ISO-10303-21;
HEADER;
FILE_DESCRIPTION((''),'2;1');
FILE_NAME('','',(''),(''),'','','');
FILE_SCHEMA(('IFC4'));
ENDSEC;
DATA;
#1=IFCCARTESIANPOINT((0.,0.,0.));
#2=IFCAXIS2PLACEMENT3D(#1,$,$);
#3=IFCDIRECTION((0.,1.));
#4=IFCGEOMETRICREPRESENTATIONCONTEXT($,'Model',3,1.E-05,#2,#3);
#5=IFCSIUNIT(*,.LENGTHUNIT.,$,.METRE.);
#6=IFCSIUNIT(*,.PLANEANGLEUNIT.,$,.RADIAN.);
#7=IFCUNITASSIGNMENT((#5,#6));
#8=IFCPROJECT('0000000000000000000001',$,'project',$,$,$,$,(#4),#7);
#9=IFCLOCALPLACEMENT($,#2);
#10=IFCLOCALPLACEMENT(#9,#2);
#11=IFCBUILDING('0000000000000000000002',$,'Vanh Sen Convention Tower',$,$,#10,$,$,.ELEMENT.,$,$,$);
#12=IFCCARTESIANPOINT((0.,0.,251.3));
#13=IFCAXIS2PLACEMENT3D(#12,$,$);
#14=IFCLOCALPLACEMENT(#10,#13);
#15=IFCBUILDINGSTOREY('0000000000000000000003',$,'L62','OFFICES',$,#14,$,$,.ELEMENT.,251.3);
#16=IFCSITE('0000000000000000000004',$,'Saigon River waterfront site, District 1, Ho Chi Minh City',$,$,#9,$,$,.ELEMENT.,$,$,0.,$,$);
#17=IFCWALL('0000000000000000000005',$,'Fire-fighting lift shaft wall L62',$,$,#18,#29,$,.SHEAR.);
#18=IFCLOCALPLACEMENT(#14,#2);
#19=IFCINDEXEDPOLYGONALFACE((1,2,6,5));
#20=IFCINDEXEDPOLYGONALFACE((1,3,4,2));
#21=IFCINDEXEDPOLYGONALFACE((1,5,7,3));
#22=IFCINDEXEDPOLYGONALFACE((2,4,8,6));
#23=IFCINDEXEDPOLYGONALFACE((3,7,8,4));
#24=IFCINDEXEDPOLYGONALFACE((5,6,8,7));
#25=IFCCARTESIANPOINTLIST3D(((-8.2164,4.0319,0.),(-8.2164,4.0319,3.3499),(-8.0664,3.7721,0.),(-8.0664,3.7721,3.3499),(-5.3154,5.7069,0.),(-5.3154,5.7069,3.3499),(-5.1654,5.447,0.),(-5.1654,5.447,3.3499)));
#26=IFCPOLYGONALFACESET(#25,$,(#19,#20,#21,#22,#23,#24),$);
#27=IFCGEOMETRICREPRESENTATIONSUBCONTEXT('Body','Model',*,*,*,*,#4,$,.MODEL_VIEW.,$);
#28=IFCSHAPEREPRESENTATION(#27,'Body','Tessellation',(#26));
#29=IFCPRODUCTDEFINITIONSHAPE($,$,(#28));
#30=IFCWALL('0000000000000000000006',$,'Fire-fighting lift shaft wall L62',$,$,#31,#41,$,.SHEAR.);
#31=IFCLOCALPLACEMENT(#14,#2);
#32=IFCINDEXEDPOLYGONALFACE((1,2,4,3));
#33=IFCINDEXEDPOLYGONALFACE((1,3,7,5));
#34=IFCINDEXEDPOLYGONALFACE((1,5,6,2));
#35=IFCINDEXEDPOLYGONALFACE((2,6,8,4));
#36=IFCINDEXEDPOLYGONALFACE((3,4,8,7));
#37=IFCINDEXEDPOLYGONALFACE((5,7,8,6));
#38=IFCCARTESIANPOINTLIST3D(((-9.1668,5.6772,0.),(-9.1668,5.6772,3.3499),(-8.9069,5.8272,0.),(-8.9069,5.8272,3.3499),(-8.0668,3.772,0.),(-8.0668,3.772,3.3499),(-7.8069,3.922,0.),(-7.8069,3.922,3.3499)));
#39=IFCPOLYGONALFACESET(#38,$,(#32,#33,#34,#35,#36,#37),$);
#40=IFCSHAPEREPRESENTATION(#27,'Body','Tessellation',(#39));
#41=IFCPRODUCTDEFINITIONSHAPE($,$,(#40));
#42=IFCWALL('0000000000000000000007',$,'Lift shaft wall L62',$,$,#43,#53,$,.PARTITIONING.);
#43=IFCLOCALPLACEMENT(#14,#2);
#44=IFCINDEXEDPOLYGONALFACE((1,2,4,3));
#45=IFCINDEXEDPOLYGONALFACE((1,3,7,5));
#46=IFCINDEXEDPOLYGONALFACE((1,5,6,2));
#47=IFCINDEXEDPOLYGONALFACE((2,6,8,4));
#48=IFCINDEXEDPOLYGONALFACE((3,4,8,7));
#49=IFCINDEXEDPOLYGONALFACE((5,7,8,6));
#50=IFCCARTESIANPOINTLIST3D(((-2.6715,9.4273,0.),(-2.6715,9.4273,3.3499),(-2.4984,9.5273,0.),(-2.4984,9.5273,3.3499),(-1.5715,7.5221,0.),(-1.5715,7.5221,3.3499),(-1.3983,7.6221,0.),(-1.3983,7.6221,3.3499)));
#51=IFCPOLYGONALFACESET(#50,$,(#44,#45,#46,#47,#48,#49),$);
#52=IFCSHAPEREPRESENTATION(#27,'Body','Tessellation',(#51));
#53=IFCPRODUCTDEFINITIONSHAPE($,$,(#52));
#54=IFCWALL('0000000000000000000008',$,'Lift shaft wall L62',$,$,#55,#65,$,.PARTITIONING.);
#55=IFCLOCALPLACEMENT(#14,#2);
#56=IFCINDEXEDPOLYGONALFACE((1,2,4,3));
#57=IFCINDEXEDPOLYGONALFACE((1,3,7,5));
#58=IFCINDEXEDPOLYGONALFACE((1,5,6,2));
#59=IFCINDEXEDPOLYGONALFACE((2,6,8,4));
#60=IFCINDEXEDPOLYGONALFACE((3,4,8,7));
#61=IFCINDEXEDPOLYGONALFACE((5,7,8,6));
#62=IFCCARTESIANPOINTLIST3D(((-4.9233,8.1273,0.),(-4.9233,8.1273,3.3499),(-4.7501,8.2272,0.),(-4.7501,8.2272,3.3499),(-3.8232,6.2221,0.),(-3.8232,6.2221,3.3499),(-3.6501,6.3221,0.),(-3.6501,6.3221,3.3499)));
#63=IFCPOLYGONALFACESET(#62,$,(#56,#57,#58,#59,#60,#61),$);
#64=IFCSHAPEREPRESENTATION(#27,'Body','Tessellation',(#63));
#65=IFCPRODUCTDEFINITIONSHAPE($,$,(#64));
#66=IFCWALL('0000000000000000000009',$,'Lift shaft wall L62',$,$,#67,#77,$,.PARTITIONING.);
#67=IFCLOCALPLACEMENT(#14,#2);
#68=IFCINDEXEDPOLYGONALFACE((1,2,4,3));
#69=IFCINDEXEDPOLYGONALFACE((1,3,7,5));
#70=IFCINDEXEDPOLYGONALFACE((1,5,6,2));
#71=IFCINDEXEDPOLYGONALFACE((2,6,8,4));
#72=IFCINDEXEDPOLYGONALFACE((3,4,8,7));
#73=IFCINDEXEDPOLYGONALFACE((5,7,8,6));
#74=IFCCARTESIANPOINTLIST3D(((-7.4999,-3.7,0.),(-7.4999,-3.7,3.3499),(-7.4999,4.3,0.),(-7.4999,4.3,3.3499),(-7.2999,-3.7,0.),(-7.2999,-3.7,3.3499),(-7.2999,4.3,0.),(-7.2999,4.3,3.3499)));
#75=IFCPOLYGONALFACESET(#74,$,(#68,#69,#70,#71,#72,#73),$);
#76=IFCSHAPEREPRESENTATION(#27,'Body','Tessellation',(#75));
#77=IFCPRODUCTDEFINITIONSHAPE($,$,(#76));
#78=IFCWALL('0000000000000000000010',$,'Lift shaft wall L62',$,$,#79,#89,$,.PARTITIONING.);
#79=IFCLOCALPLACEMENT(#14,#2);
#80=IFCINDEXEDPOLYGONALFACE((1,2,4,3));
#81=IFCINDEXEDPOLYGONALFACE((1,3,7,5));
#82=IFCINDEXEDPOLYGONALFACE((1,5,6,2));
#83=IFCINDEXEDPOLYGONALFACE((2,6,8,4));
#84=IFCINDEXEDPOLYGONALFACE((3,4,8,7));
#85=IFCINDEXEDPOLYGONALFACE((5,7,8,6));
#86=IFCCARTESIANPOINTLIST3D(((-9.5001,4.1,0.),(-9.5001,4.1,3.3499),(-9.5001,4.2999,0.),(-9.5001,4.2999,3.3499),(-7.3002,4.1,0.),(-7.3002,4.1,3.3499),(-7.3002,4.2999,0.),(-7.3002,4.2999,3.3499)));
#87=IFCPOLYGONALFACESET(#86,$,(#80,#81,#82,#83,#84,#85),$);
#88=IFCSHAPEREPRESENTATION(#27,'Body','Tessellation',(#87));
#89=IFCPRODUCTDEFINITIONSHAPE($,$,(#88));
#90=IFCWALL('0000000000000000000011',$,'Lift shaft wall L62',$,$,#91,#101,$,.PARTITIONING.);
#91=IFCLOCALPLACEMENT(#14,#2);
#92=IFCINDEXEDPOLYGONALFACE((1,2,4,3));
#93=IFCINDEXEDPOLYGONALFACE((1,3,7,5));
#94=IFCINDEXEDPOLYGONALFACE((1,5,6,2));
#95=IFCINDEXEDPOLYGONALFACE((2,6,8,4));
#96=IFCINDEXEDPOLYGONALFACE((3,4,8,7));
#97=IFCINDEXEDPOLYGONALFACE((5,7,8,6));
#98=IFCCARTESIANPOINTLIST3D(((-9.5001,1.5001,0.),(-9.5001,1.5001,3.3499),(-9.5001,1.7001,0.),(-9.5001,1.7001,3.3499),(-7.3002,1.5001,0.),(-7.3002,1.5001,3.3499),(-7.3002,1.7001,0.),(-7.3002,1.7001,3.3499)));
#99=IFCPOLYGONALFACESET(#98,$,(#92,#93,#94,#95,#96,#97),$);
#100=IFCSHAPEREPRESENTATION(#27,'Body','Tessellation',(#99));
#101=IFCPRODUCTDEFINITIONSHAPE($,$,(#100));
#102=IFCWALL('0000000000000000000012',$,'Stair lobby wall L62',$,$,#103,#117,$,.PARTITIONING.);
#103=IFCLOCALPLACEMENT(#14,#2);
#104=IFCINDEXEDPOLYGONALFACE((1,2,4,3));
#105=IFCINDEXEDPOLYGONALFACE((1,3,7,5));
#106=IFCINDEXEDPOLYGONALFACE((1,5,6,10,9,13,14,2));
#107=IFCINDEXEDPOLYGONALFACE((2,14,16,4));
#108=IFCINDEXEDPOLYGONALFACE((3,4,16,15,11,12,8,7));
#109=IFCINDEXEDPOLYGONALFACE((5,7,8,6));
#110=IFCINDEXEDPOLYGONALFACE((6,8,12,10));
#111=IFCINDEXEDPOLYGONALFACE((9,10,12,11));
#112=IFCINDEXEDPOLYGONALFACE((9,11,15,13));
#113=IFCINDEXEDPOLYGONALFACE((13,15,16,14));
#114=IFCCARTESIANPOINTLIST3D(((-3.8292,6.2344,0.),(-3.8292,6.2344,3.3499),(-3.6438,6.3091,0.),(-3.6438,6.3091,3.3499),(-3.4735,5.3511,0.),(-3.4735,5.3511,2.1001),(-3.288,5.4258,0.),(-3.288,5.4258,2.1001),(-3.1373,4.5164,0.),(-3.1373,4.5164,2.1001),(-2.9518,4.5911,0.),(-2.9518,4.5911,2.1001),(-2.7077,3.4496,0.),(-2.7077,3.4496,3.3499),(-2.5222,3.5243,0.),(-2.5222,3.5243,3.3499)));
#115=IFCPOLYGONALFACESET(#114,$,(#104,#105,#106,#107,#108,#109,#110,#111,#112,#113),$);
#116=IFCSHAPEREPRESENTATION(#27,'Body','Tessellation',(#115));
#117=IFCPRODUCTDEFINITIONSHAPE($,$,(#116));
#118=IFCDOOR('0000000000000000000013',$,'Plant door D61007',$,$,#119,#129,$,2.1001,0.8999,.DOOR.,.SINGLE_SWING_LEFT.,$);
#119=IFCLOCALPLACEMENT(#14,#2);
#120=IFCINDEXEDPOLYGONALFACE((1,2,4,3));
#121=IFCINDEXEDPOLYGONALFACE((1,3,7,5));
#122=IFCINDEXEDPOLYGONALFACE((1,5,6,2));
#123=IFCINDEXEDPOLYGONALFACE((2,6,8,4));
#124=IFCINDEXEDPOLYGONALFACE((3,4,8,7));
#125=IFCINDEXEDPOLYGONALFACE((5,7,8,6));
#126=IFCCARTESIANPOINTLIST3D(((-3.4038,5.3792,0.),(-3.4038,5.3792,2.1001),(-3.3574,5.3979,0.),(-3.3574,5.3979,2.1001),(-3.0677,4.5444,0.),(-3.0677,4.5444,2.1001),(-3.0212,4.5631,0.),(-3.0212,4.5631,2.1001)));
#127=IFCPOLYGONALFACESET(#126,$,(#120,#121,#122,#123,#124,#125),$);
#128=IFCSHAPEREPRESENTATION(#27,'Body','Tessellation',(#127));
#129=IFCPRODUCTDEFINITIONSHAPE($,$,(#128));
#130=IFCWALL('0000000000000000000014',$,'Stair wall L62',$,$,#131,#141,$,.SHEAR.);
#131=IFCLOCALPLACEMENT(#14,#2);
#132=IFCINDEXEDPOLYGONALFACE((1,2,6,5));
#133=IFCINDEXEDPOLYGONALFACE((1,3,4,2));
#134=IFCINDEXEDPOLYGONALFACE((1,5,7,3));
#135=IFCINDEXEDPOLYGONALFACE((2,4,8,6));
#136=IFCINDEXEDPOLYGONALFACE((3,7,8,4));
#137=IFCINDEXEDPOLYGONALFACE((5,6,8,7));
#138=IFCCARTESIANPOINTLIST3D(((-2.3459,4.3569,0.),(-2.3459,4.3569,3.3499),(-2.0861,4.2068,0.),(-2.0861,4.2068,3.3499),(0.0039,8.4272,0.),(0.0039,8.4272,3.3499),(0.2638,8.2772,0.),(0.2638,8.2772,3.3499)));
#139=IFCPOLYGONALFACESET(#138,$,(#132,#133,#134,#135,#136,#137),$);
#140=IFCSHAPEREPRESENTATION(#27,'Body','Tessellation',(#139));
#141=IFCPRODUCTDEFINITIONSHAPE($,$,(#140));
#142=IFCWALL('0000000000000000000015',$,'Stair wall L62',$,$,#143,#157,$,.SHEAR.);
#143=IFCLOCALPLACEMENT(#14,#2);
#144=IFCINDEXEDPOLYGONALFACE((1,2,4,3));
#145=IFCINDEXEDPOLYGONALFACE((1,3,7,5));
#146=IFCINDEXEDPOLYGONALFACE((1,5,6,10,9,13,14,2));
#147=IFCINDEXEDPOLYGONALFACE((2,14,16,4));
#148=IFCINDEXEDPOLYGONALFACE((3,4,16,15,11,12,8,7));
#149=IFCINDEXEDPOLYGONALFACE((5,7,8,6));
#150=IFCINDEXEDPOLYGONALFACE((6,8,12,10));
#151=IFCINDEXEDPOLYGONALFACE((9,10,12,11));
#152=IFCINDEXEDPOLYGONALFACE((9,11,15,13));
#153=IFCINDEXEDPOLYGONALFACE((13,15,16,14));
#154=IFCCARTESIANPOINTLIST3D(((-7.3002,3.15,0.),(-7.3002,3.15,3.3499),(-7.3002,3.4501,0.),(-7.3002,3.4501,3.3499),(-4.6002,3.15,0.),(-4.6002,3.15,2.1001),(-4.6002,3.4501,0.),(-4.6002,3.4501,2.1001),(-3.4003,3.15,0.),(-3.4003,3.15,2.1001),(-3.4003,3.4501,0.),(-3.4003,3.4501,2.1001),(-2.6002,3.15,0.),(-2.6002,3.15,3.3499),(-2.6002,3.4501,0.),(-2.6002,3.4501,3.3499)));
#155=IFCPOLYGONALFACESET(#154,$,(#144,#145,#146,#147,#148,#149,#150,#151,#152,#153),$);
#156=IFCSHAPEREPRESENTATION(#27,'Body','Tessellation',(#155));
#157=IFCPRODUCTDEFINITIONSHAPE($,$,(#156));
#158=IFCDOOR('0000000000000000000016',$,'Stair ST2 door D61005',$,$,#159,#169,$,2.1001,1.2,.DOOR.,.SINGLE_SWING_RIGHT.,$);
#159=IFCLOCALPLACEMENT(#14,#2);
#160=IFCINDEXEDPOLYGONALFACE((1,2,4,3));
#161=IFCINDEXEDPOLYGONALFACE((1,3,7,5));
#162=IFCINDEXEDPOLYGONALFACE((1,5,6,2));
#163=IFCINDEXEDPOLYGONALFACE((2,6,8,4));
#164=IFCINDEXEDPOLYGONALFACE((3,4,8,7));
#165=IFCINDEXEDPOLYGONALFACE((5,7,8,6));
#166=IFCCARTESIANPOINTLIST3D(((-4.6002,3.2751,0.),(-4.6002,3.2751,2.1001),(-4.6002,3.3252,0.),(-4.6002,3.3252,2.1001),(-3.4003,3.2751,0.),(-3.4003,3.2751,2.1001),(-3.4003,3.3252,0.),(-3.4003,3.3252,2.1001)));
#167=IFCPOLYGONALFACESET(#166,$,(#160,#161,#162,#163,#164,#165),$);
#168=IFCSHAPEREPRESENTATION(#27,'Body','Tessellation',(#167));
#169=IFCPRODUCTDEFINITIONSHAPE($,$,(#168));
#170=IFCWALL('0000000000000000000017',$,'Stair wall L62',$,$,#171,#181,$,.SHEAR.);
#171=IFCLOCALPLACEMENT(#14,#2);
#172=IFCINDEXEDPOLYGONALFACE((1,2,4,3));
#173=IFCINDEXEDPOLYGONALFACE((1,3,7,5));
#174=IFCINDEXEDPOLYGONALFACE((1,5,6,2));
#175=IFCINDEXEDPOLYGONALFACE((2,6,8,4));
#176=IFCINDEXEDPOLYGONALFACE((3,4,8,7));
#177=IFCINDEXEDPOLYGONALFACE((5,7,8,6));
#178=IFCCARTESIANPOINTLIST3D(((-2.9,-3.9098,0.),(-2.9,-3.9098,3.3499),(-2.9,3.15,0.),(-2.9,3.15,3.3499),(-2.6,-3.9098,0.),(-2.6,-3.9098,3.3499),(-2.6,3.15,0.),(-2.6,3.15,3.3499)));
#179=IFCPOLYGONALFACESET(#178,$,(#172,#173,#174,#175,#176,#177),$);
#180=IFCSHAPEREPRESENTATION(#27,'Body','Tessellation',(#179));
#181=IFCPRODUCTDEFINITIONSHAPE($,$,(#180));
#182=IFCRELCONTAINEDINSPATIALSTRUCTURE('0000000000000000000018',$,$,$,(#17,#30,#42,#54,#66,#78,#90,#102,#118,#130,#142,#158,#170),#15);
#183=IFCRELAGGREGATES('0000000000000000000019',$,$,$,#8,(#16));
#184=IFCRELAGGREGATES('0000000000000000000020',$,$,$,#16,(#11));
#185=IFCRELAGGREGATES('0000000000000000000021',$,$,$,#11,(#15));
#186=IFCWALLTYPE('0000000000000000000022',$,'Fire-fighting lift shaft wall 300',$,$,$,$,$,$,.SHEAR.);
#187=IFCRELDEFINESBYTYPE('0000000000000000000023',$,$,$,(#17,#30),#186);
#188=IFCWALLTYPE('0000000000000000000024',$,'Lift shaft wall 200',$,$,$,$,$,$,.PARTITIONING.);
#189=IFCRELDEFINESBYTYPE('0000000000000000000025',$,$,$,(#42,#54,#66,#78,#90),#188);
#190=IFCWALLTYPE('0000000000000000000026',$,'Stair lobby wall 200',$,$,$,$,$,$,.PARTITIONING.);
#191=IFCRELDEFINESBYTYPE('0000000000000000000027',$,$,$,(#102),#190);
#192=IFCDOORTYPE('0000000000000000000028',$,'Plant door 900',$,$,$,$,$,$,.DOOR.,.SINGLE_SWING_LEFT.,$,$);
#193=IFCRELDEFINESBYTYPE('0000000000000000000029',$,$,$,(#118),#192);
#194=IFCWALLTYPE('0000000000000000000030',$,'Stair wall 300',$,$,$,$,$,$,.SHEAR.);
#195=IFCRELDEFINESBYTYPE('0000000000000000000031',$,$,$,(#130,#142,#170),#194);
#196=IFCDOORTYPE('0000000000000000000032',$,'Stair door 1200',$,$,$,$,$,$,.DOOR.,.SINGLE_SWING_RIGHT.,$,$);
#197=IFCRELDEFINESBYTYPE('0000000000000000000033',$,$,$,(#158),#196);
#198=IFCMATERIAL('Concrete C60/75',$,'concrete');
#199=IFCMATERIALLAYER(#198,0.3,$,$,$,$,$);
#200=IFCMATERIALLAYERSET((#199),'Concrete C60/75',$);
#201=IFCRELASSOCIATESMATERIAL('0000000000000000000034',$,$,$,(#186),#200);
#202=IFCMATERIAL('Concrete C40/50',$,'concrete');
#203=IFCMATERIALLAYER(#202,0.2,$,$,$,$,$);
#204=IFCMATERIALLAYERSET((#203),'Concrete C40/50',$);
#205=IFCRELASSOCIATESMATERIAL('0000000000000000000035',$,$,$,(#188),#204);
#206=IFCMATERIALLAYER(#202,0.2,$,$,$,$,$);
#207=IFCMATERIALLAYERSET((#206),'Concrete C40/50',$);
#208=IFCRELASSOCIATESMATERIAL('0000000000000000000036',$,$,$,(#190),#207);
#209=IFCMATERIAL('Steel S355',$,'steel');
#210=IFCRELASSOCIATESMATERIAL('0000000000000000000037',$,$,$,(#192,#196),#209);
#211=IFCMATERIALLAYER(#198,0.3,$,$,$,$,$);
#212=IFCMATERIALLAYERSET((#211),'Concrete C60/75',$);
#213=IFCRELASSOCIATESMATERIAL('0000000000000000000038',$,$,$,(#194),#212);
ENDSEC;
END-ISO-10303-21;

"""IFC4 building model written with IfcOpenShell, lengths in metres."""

from ifc_helpers import new_model, si_unit, direction, frame, frame_2d, origin, place, context, subcontext, project, spatial, rectangle, extrude, material, layer, layer_set, type_object, element, fill, save


model = new_model("IFC4")

# Units and contexts
model_context = context("Model", 3, precision=1e-05, world=origin(), true_north=direction((0.0, 1.0)))
body_context = subcontext(model_context, "Body", "Model", "MODEL_VIEW")
ifc_project = project(units=[si_unit("LENGTHUNIT", "METRE"), si_unit("PLANEANGLEUNIT", "RADIAN")], contexts=[model_context])

# Site, building, storey
site_placement = place(None, origin())
site = spatial("IfcSite", under=ifc_project, at=site_placement, Name="Saigon River waterfront site, District 1, Ho Chi Minh City", CompositionType="ELEMENT", RefElevation=0.0)
building_placement = place(site_placement, origin())
building = spatial("IfcBuilding", under=site, at=building_placement, Name="Vanh Sen Convention Tower", CompositionType="ELEMENT")
storey_placement = place(building_placement, frame((0.0, 0.0, 251.3)))
storey = spatial("IfcBuildingStorey", under=building, at=storey_placement, Name="L62", Description="OFFICES", CompositionType="ELEMENT", Elevation=251.3)

# Shared definitions
ifc_material_1 = material(Name="Concrete C60/75", Category="concrete")

# Shared definitions
ifc_layer_1 = layer(ifc_material_1, 0.3)
ifc_layer_set_1 = layer_set([ifc_layer_1], Name="Concrete C60/75")
wall_type_1 = type_object("IfcWallType", Name="Fire-fighting lift shaft wall 300", PredefinedType="SHEAR", material=ifc_layer_set_1)

# Walls
wall_1_placement = place(storey_placement, frame((-5.2405, 5.5769, 0.0), z_axis=(0.0, 0.0, 1.0), x_axis=(-0.866014, -0.500019, 0.0)))
element("IfcWall", 1, at=wall_1_placement, inside=storey, type_object=wall_type_1, Name="Fire-fighting lift shaft wall L62", PredefinedType="SHEAR", context=body_context, shape_type="SweptSolid", body=[
    extrude(rectangle(XDim=3.3499, YDim=0.3, at=frame_2d((1.6748, 0.0))), origin(), (0.0, 0.0, 1.0), 3.3499),
])
wall_2_placement = place(storey_placement, frame((-7.9368, 3.8469, 0.0), z_axis=(0.0, 0.0, 1.0), x_axis=(-0.50003, 0.866008, 0.0)))
element("IfcWall", 2, at=wall_2_placement, inside=storey, type_object=wall_type_1, Name="Fire-fighting lift shaft wall L62", PredefinedType="SHEAR", context=body_context, shape_type="SweptSolid", body=[
    extrude(rectangle(XDim=2.2, YDim=0.3, at=frame_2d((1.1001, 0.0))), origin(), (0.0, 0.0, 1.0), 3.3499),
])
ifc_material_2 = material(Name="Concrete C40/50", Category="concrete")
ifc_layer_2 = layer(ifc_material_2, 0.2)
ifc_layer_set_2 = layer_set([ifc_layer_2], Name="Concrete C40/50")
wall_type_2 = type_object("IfcWallType", Name="Lift shaft wall 200", PredefinedType="PARTITIONING", material=ifc_layer_set_2)
for number, where, z_axis, x_axis, name in (
    (3, (-1.4849, 7.572, 0.0), (0.0, 0.0, 1.0), (-0.50003, 0.866008, 0.0), "Lift shaft wall L62"),
    (4, (-3.7366, 6.272, 0.0), (0.0, 0.0, 1.0), (-0.50003, 0.866008, 0.0), "Lift shaft wall L62"),
):
    element("IfcWall", number, at=place(storey_placement, frame(where, z_axis=z_axis, x_axis=x_axis)), inside=storey, type_object=wall_type_2, Name=name, PredefinedType="PARTITIONING", context=body_context, shape_type="SweptSolid", body=[
        extrude(rectangle(XDim=2.2, YDim=0.2, at=frame_2d((1.1001, 0.0))), origin(), (0.0, 0.0, 1.0), 3.3499),
    ])
wall_3_placement = place(storey_placement, frame((-7.3999, 4.3, 0.0), z_axis=(0.0, 0.0, 1.0), x_axis=(0.0, -1.0, 0.0)))
element("IfcWall", 5, at=wall_3_placement, inside=storey, type_object=wall_type_2, Name="Lift shaft wall L62", PredefinedType="PARTITIONING", context=body_context, shape_type="SweptSolid", body=[
    extrude(rectangle(XDim=8.0, YDim=0.2, at=frame_2d((4.0, 0.0))), origin(), (0.0, 0.0, 1.0), 3.3499),
])
for number, where, z_axis, x_axis, name in (
    (6, (-7.3, 4.2, 0.0), (0.0, 0.0, 1.0), (-1.0, 0.0, 0.0), "Lift shaft wall L62"),
    (7, (-7.3, 1.6001, 0.0), (0.0, 0.0, 1.0), (-1.0, 0.0, 0.0), "Lift shaft wall L62"),
):
    element("IfcWall", number, at=place(storey_placement, frame(where, z_axis=z_axis, x_axis=x_axis)), inside=storey, type_object=wall_type_2, Name=name, PredefinedType="PARTITIONING", context=body_context, shape_type="SweptSolid", body=[
        extrude(rectangle(XDim=2.2, YDim=0.2, at=frame_2d((1.1001, 0.0))), origin(), (0.0, 0.0, 1.0), 3.3499),
    ])

# Wall, opening, door
ifc_layer_3 = layer(ifc_material_2, 0.2)
ifc_layer_set_3 = layer_set([ifc_layer_3], Name="Concrete C40/50")
wall_type_3 = type_object("IfcWallType", Name="Stair lobby wall 200", PredefinedType="PARTITIONING", material=ifc_layer_set_3)
wall_4_placement = place(storey_placement, frame((-2.615, 3.4871, 0.0), z_axis=(0.0, 0.0, 1.0), x_axis=(-0.373577, 0.927599, 0.0)))
wall_4 = element("IfcWall", 8, at=wall_4_placement, inside=storey, type_object=wall_type_3, Name="Stair lobby wall L62", PredefinedType="PARTITIONING", context=body_context, shape_type="SweptSolid", body=[
    extrude(rectangle(XDim=3.0022, YDim=0.2, at=frame_2d((1.501, 0.0))), origin(), (0.0, 0.0, 1.0), 3.3499),
])
opening_1_placement = place(wall_4_placement, frame((1.1499, 0.0, 0.0)))
opening_1 = element("IfcOpeningElement", 9, at=opening_1_placement, cuts=wall_4, PredefinedType="OPENING", context=body_context, shape_type="SweptSolid", body=[
    extrude(rectangle(XDim=0.8999, YDim=2.1001, at=frame_2d((0.45, 1.05))), frame((0.0, 0.1099, 0.0), z_axis=(0.0, -1.0, 0.0), x_axis=(1.0, 0.0, 0.0)), (0.0, 0.0, 1.0), 0.22),
])
ifc_material_3 = material(Name="Steel S355", Category="steel")
door_type_1 = type_object("IfcDoorType", Name="Plant door 900", OperationType="SINGLE_SWING_LEFT", PredefinedType="DOOR", material=ifc_material_3)
door_1_placement = place(opening_1_placement, origin())
door_1 = element("IfcDoor", 10, at=door_1_placement, inside=storey, type_object=door_type_1, Name="Plant door D61007", OperationType="SINGLE_SWING_LEFT", OverallHeight=2.1001, OverallWidth=0.8999, PredefinedType="DOOR", context=body_context, shape_type="SweptSolid", body=[
    extrude(rectangle(XDim=0.8999, YDim=2.1001, at=frame_2d((0.45, 1.05))), frame((0.0, 0.0249, 0.0), z_axis=(0.0, -1.0, 0.0), x_axis=(1.0, 0.0, 0.0)), (0.0, 0.0, 1.0), 0.05),
])
fill(opening_1, door_1)

# Wall
ifc_layer_4 = layer(ifc_material_1, 0.3)
ifc_layer_set_4 = layer_set([ifc_layer_4], Name="Concrete C60/75")
wall_type_4 = type_object("IfcWallType", Name="Stair wall 300", PredefinedType="SHEAR", material=ifc_layer_set_4)
wall_5_placement = place(storey_placement, frame((-2.2161, 4.2817, 0.0), z_axis=(0.0, 0.0, 1.0), x_axis=(0.499977, 0.866039, 0.0)))
element("IfcWall", 11, at=wall_5_placement, inside=storey, type_object=wall_type_4, Name="Stair wall L62", PredefinedType="SHEAR", context=body_context, shape_type="SweptSolid", body=[
    extrude(rectangle(XDim=4.7, YDim=0.3, at=frame_2d((2.3501, 0.0))), origin(), (0.0, 0.0, 1.0), 3.3499),
])

# Wall, opening, door
wall_6_placement = place(storey_placement, frame((-2.6001, 3.3, 0.0), z_axis=(0.0, 0.0, 1.0), x_axis=(-1.0, 0.0, 0.0)))
wall_6 = element("IfcWall", 12, at=wall_6_placement, inside=storey, type_object=wall_type_4, Name="Stair wall L62", PredefinedType="SHEAR", context=body_context, shape_type="SweptSolid", body=[
    extrude(rectangle(XDim=4.7, YDim=0.3, at=frame_2d((2.3501, 0.0))), origin(), (0.0, 0.0, 1.0), 3.3499),
])
opening_2_placement = place(wall_6_placement, frame((0.8, 0.0, 0.0)))
opening_2 = element("IfcOpeningElement", 13, at=opening_2_placement, cuts=wall_6, PredefinedType="OPENING", context=body_context, shape_type="SweptSolid", body=[
    extrude(rectangle(XDim=1.2, YDim=2.1001, at=frame_2d((0.6001, 1.05))), frame((0.0, 0.1599, 0.0), z_axis=(0.0, -1.0, 0.0), x_axis=(1.0, 0.0, 0.0)), (0.0, 0.0, 1.0), 0.3201),
])
door_type_2 = type_object("IfcDoorType", Name="Stair door 1200", OperationType="SINGLE_SWING_RIGHT", PredefinedType="DOOR", material=ifc_material_3)
door_2_placement = place(opening_2_placement, origin())
door_2 = element("IfcDoor", 14, at=door_2_placement, inside=storey, type_object=door_type_2, Name="Stair ST2 door D61005", OperationType="SINGLE_SWING_RIGHT", OverallHeight=2.1001, OverallWidth=1.2, PredefinedType="DOOR", context=body_context, shape_type="SweptSolid", body=[
    extrude(rectangle(XDim=1.2, YDim=2.1001, at=frame_2d((0.6001, 1.05))), frame((0.0, 0.0249, 0.0), z_axis=(0.0, -1.0, 0.0), x_axis=(1.0, 0.0, 0.0)), (0.0, 0.0, 1.0), 0.05),
])
fill(opening_2, door_2)

# Wall
for number, where, z_axis, x_axis, name in (
    (15, (-2.75, 3.1499, 0.0), (0.0, 0.0, 1.0), (0.0, -1.0, 0.0), "Stair wall L62"),
):
    element("IfcWall", number, at=place(storey_placement, frame(where, z_axis=z_axis, x_axis=x_axis)), inside=storey, type_object=wall_type_4, Name=name, PredefinedType="SHEAR", context=body_context, shape_type="SweptSolid", body=[
        extrude(rectangle(XDim=7.0598, YDim=0.3, at=frame_2d((3.5298, 0.0))), origin(), (0.0, 0.0, 1.0), 3.3499),
    ])

save(model, "model.ifc")
